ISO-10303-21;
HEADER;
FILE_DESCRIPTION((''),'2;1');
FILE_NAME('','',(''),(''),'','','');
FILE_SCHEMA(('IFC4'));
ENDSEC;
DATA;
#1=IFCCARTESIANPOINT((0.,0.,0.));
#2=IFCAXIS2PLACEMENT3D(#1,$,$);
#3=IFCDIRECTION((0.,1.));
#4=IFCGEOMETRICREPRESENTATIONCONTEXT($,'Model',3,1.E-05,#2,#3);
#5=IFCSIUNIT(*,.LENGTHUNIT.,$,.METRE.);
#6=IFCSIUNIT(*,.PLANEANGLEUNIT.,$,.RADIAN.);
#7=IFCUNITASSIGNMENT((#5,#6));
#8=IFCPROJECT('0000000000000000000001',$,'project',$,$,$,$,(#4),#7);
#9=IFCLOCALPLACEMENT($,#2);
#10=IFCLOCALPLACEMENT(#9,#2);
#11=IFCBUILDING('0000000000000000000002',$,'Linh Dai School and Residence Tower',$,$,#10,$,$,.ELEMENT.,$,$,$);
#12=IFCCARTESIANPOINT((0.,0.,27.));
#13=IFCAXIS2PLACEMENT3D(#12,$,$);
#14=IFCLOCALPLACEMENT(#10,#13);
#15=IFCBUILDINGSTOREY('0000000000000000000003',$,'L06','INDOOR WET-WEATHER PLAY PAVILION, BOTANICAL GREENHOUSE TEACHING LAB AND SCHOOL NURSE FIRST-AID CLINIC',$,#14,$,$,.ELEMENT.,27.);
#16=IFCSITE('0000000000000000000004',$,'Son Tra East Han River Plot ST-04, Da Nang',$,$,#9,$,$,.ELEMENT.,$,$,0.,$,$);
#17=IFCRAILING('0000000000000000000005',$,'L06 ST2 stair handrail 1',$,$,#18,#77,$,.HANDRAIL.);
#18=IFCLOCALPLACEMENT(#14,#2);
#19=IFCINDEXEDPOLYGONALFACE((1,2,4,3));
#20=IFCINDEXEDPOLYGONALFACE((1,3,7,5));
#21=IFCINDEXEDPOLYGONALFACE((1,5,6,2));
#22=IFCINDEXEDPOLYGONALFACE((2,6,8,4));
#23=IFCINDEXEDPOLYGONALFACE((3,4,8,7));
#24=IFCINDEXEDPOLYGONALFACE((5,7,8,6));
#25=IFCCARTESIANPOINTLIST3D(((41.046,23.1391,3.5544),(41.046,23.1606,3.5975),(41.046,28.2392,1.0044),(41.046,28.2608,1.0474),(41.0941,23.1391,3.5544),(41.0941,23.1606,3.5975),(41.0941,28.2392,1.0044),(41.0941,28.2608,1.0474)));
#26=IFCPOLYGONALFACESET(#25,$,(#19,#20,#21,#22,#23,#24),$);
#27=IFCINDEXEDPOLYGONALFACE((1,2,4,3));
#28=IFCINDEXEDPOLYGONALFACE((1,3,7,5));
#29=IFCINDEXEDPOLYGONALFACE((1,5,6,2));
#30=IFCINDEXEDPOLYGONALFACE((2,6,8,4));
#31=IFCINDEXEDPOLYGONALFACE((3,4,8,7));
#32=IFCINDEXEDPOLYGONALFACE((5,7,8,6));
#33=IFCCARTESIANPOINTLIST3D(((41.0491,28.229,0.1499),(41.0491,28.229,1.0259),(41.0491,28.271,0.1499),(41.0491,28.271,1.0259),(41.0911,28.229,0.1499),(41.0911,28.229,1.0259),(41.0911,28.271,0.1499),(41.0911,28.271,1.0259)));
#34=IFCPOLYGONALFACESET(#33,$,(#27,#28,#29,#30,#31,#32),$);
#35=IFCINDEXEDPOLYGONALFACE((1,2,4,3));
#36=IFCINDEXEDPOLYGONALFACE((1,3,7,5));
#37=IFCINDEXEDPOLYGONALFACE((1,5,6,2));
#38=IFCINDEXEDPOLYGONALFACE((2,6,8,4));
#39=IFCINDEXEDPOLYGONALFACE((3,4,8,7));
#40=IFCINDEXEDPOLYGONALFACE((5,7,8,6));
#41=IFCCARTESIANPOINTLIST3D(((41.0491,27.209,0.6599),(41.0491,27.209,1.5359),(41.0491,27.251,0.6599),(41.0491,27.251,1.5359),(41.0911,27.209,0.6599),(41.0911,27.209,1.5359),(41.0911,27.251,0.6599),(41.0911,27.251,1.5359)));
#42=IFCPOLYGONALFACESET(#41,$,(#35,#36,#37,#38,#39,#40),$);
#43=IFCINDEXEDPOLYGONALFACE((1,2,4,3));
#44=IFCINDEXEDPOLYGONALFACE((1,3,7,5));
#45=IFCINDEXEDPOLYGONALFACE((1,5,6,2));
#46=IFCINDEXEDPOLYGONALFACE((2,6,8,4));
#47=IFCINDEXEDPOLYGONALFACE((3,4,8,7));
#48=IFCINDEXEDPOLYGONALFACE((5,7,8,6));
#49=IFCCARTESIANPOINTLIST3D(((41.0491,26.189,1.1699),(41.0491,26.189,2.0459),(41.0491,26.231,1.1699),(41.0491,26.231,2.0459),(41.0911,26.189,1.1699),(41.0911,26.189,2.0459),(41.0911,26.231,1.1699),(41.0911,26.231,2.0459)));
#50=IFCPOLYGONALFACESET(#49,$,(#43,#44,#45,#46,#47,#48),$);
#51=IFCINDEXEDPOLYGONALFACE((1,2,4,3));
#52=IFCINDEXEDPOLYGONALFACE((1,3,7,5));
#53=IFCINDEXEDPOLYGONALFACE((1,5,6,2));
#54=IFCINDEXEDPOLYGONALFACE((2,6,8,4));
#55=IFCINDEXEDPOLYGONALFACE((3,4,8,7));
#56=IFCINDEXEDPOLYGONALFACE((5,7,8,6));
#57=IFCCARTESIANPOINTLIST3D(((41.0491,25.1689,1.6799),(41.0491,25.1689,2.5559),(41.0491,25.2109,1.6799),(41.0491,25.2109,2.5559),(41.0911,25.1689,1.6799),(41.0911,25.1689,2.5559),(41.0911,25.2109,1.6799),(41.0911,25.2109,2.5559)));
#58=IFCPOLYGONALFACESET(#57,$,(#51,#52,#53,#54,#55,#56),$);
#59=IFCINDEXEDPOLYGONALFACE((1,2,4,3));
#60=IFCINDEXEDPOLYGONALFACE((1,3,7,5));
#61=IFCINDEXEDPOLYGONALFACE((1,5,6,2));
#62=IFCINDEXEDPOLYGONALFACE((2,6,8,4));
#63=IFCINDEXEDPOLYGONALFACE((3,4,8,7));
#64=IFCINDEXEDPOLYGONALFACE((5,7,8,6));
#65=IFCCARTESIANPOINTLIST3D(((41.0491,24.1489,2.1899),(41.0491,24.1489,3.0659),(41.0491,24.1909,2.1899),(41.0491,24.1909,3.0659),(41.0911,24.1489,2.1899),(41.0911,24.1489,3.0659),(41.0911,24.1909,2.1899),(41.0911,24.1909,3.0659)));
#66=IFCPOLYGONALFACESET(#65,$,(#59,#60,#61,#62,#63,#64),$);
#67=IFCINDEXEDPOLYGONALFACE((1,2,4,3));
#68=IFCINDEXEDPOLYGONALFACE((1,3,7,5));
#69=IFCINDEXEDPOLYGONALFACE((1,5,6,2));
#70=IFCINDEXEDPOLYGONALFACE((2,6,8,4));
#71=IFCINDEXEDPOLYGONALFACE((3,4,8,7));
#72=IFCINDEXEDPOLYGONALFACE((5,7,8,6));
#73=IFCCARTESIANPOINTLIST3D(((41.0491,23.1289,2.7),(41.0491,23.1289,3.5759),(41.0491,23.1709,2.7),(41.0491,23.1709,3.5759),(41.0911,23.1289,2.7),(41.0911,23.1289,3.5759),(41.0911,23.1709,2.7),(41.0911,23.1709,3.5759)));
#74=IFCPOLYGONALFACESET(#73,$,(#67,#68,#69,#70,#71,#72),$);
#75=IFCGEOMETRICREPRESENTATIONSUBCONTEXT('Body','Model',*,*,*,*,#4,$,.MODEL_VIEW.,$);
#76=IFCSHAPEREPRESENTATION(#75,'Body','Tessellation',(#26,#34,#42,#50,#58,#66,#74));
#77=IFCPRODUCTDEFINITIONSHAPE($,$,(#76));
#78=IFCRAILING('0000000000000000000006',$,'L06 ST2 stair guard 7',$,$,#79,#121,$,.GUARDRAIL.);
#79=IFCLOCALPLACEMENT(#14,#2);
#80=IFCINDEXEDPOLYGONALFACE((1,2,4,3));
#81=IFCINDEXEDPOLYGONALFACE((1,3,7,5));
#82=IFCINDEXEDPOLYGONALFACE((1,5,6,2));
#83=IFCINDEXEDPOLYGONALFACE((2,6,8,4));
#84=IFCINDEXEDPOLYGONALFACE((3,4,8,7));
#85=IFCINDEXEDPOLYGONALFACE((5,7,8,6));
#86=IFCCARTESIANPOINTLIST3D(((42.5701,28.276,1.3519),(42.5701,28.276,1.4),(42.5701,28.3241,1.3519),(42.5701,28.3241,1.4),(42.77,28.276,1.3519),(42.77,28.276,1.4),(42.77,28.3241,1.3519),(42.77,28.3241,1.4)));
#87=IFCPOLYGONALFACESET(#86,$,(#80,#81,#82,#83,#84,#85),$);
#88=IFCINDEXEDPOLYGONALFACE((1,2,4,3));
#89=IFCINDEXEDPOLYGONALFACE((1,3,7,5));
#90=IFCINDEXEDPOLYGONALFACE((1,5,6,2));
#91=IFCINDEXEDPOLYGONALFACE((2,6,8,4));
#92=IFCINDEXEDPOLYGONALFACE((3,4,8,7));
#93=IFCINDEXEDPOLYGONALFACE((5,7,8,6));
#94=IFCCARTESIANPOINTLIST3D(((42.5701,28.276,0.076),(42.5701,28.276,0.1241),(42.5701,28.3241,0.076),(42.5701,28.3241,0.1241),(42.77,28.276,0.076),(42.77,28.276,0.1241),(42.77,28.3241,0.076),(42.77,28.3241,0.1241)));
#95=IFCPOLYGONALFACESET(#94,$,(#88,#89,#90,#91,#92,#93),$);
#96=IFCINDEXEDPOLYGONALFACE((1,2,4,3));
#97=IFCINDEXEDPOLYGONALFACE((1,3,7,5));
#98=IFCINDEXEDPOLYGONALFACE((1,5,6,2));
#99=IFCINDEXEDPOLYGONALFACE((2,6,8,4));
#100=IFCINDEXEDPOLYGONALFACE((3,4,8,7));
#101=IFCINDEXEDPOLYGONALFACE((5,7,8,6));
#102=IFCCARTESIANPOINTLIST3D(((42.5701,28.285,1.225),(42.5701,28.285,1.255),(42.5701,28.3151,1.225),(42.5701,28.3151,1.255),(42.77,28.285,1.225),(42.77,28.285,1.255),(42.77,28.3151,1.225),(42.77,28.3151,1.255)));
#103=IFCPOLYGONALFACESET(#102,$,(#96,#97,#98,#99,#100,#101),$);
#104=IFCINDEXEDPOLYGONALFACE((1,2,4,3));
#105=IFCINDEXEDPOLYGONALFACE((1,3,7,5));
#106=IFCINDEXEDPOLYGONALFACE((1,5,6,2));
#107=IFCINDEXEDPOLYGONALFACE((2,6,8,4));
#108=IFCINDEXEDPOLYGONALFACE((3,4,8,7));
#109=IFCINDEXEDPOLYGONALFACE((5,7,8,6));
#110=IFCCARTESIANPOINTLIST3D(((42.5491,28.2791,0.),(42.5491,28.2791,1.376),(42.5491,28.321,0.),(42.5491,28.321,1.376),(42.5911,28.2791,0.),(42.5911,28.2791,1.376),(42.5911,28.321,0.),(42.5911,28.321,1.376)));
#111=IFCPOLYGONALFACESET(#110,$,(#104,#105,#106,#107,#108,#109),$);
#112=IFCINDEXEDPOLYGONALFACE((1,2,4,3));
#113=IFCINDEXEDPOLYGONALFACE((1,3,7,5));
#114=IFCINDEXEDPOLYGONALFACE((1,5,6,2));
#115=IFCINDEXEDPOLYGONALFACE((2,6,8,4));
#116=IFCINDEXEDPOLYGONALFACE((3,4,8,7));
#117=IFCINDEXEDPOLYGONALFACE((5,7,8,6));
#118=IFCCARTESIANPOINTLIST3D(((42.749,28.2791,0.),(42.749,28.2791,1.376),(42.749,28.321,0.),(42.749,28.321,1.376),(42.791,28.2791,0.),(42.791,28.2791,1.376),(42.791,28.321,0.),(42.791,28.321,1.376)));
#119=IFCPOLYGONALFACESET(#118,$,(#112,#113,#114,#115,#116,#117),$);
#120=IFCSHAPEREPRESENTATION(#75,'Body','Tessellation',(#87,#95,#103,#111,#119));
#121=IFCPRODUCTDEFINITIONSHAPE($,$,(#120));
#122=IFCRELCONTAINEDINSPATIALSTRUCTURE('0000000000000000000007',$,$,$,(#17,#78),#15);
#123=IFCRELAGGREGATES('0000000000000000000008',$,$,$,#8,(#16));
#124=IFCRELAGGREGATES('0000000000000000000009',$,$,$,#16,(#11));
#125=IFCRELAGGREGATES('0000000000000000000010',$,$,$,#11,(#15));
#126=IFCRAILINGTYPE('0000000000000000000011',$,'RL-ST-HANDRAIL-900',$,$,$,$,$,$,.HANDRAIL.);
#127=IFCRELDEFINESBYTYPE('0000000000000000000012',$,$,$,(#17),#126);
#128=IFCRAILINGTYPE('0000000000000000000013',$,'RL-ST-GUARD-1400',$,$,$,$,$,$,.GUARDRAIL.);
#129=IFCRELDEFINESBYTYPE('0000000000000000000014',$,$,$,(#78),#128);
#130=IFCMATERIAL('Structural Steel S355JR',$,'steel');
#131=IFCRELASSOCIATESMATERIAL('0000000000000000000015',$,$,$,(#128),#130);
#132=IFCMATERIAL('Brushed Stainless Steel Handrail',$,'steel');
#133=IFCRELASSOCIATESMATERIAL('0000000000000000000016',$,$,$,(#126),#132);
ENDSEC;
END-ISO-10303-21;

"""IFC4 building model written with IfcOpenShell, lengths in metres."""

from ifc_helpers import new_model, si_unit, direction, frame, origin, origin_2d, place, context, subcontext, project, spatial, rectangle, extrude, source, transform, mapped, material, type_object, element, save


model = new_model("IFC4")

# Units and contexts
model_context = context("Model", 3, precision=1e-05, world=origin(), true_north=direction((0.0, 1.0)))
body_context = subcontext(model_context, "Body", "Model", "MODEL_VIEW")
ifc_project = project(units=[si_unit("LENGTHUNIT", "METRE"), si_unit("PLANEANGLEUNIT", "RADIAN")], contexts=[model_context])

# Site, building, storey
site_placement = place(None, origin())
site = spatial("IfcSite", under=ifc_project, at=site_placement, Name="Son Tra East Han River Plot ST-04, Da Nang", CompositionType="ELEMENT", RefElevation=0.0)
building_placement = place(site_placement, origin())
building = spatial("IfcBuilding", under=site, at=building_placement, Name="Linh Dai School and Residence Tower", CompositionType="ELEMENT")
storey_placement = place(building_placement, frame((0.0, 0.0, 27.0)))
storey = spatial("IfcBuildingStorey", under=building, at=storey_placement, Name="L06", Description="INDOOR WET-WEATHER PLAY PAVILION, BOTANICAL GREENHOUSE TEACHING LAB AND SCHOOL NURSE FIRST-AID CLINIC", CompositionType="ELEMENT", Elevation=27.0)

# Shared definitions
ifc_material_1 = material(Name="Structural Steel S355JR", Category="steel")

# Railings
railing_type_1 = type_object("IfcRailingType", Name="RL-ST-GUARD-1400", PredefinedType="GUARDRAIL", material=ifc_material_1)
ifc_material_2 = material(Name="Brushed Stainless Steel Handrail", Category="steel")
railing_type_2 = type_object("IfcRailingType", Name="RL-ST-HANDRAIL-900", PredefinedType="HANDRAIL", material=ifc_material_2)
shared_shape_1 = source(origin(), body_context, "Body", "SweptSolid", [
    extrude(rectangle(XDim=0.0481, YDim=0.0481, at=origin_2d()), frame((0.0, 0.0, 0.876), z_axis=(0.0, -0.894427, 0.447214), x_axis=(1.0, 0.0, 0.0)), (0.0, 0.0, 1.0), 5.7021),
    extrude(rectangle(XDim=0.042, YDim=0.042, at=origin_2d()), origin(), (0.0, 0.0, 1.0), 0.876),
    extrude(rectangle(XDim=0.042, YDim=0.042, at=origin_2d()), frame((0.0, -1.02, 0.51)), (0.0, 0.0, 1.0), 0.876),
    extrude(rectangle(XDim=0.042, YDim=0.042, at=origin_2d()), frame((0.0, -2.04, 1.02)), (0.0, 0.0, 1.0), 0.876),
    extrude(rectangle(XDim=0.042, YDim=0.042, at=origin_2d()), frame((0.0, -3.0601, 1.53)), (0.0, 0.0, 1.0), 0.876),
    extrude(rectangle(XDim=0.042, YDim=0.042, at=origin_2d()), frame((0.0, -4.0801, 2.04)), (0.0, 0.0, 1.0), 0.876),
    extrude(rectangle(XDim=0.042, YDim=0.042, at=origin_2d()), frame((0.0, -5.1001, 2.55)), (0.0, 0.0, 1.0), 0.876),
])
railing_1_placement = place(storey_placement, frame((41.0701, 28.25, 0.1499)))
element("IfcRailing", 1, at=railing_1_placement, inside=storey, type_object=railing_type_2, Name="L06 ST2 stair handrail 1", PredefinedType="HANDRAIL", context=body_context, shape_type="MappedRepresentation", body=[
    mapped(shared_shape_1, transform((0.0, 0.0, 0.0), x_axis=(1.0, 0.0, 0.0), y_axis=(0.0, 1.0, 0.0), z_axis=(0.0, 0.0, 1.0), scale=1.0)),
])
shared_shape_2 = source(origin(), body_context, "Body", "SweptSolid", [
    extrude(rectangle(XDim=0.0481, YDim=0.0481, at=origin_2d()), frame((0.0, 0.0, 1.376), z_axis=(1.0, 0.0, 0.0), x_axis=(0.0, 1.0, 0.0)), (0.0, 0.0, 1.0), 0.2),
    extrude(rectangle(XDim=0.0481, YDim=0.0481, at=origin_2d()), frame((0.0, 0.0, 0.1001), z_axis=(1.0, 0.0, 0.0), x_axis=(0.0, 1.0, 0.0)), (0.0, 0.0, 1.0), 0.2),
    extrude(rectangle(XDim=0.03, YDim=0.03, at=origin_2d()), frame((0.0, 0.0, 1.24), z_axis=(1.0, 0.0, 0.0), x_axis=(0.0, 1.0, 0.0)), (0.0, 0.0, 1.0), 0.2),
    extrude(rectangle(XDim=0.042, YDim=0.042, at=origin_2d()), origin(), (0.0, 0.0, 1.0), 1.376),
    extrude(rectangle(XDim=0.042, YDim=0.042, at=origin_2d()), frame((0.2, 0.0, 0.0)), (0.0, 0.0, 1.0), 1.376),
])
railing_2_placement = place(storey_placement, frame((42.5701, 28.3, 0.0)))
element("IfcRailing", 2, at=railing_2_placement, inside=storey, type_object=railing_type_1, Name="L06 ST2 stair guard 7", PredefinedType="GUARDRAIL", context=body_context, shape_type="MappedRepresentation", body=[
    mapped(shared_shape_2, transform((0.0, 0.0, 0.0), x_axis=(1.0, 0.0, 0.0), y_axis=(0.0, 1.0, 0.0), z_axis=(0.0, 0.0, 1.0), scale=1.0)),
])

save(model, "model.ifc")
